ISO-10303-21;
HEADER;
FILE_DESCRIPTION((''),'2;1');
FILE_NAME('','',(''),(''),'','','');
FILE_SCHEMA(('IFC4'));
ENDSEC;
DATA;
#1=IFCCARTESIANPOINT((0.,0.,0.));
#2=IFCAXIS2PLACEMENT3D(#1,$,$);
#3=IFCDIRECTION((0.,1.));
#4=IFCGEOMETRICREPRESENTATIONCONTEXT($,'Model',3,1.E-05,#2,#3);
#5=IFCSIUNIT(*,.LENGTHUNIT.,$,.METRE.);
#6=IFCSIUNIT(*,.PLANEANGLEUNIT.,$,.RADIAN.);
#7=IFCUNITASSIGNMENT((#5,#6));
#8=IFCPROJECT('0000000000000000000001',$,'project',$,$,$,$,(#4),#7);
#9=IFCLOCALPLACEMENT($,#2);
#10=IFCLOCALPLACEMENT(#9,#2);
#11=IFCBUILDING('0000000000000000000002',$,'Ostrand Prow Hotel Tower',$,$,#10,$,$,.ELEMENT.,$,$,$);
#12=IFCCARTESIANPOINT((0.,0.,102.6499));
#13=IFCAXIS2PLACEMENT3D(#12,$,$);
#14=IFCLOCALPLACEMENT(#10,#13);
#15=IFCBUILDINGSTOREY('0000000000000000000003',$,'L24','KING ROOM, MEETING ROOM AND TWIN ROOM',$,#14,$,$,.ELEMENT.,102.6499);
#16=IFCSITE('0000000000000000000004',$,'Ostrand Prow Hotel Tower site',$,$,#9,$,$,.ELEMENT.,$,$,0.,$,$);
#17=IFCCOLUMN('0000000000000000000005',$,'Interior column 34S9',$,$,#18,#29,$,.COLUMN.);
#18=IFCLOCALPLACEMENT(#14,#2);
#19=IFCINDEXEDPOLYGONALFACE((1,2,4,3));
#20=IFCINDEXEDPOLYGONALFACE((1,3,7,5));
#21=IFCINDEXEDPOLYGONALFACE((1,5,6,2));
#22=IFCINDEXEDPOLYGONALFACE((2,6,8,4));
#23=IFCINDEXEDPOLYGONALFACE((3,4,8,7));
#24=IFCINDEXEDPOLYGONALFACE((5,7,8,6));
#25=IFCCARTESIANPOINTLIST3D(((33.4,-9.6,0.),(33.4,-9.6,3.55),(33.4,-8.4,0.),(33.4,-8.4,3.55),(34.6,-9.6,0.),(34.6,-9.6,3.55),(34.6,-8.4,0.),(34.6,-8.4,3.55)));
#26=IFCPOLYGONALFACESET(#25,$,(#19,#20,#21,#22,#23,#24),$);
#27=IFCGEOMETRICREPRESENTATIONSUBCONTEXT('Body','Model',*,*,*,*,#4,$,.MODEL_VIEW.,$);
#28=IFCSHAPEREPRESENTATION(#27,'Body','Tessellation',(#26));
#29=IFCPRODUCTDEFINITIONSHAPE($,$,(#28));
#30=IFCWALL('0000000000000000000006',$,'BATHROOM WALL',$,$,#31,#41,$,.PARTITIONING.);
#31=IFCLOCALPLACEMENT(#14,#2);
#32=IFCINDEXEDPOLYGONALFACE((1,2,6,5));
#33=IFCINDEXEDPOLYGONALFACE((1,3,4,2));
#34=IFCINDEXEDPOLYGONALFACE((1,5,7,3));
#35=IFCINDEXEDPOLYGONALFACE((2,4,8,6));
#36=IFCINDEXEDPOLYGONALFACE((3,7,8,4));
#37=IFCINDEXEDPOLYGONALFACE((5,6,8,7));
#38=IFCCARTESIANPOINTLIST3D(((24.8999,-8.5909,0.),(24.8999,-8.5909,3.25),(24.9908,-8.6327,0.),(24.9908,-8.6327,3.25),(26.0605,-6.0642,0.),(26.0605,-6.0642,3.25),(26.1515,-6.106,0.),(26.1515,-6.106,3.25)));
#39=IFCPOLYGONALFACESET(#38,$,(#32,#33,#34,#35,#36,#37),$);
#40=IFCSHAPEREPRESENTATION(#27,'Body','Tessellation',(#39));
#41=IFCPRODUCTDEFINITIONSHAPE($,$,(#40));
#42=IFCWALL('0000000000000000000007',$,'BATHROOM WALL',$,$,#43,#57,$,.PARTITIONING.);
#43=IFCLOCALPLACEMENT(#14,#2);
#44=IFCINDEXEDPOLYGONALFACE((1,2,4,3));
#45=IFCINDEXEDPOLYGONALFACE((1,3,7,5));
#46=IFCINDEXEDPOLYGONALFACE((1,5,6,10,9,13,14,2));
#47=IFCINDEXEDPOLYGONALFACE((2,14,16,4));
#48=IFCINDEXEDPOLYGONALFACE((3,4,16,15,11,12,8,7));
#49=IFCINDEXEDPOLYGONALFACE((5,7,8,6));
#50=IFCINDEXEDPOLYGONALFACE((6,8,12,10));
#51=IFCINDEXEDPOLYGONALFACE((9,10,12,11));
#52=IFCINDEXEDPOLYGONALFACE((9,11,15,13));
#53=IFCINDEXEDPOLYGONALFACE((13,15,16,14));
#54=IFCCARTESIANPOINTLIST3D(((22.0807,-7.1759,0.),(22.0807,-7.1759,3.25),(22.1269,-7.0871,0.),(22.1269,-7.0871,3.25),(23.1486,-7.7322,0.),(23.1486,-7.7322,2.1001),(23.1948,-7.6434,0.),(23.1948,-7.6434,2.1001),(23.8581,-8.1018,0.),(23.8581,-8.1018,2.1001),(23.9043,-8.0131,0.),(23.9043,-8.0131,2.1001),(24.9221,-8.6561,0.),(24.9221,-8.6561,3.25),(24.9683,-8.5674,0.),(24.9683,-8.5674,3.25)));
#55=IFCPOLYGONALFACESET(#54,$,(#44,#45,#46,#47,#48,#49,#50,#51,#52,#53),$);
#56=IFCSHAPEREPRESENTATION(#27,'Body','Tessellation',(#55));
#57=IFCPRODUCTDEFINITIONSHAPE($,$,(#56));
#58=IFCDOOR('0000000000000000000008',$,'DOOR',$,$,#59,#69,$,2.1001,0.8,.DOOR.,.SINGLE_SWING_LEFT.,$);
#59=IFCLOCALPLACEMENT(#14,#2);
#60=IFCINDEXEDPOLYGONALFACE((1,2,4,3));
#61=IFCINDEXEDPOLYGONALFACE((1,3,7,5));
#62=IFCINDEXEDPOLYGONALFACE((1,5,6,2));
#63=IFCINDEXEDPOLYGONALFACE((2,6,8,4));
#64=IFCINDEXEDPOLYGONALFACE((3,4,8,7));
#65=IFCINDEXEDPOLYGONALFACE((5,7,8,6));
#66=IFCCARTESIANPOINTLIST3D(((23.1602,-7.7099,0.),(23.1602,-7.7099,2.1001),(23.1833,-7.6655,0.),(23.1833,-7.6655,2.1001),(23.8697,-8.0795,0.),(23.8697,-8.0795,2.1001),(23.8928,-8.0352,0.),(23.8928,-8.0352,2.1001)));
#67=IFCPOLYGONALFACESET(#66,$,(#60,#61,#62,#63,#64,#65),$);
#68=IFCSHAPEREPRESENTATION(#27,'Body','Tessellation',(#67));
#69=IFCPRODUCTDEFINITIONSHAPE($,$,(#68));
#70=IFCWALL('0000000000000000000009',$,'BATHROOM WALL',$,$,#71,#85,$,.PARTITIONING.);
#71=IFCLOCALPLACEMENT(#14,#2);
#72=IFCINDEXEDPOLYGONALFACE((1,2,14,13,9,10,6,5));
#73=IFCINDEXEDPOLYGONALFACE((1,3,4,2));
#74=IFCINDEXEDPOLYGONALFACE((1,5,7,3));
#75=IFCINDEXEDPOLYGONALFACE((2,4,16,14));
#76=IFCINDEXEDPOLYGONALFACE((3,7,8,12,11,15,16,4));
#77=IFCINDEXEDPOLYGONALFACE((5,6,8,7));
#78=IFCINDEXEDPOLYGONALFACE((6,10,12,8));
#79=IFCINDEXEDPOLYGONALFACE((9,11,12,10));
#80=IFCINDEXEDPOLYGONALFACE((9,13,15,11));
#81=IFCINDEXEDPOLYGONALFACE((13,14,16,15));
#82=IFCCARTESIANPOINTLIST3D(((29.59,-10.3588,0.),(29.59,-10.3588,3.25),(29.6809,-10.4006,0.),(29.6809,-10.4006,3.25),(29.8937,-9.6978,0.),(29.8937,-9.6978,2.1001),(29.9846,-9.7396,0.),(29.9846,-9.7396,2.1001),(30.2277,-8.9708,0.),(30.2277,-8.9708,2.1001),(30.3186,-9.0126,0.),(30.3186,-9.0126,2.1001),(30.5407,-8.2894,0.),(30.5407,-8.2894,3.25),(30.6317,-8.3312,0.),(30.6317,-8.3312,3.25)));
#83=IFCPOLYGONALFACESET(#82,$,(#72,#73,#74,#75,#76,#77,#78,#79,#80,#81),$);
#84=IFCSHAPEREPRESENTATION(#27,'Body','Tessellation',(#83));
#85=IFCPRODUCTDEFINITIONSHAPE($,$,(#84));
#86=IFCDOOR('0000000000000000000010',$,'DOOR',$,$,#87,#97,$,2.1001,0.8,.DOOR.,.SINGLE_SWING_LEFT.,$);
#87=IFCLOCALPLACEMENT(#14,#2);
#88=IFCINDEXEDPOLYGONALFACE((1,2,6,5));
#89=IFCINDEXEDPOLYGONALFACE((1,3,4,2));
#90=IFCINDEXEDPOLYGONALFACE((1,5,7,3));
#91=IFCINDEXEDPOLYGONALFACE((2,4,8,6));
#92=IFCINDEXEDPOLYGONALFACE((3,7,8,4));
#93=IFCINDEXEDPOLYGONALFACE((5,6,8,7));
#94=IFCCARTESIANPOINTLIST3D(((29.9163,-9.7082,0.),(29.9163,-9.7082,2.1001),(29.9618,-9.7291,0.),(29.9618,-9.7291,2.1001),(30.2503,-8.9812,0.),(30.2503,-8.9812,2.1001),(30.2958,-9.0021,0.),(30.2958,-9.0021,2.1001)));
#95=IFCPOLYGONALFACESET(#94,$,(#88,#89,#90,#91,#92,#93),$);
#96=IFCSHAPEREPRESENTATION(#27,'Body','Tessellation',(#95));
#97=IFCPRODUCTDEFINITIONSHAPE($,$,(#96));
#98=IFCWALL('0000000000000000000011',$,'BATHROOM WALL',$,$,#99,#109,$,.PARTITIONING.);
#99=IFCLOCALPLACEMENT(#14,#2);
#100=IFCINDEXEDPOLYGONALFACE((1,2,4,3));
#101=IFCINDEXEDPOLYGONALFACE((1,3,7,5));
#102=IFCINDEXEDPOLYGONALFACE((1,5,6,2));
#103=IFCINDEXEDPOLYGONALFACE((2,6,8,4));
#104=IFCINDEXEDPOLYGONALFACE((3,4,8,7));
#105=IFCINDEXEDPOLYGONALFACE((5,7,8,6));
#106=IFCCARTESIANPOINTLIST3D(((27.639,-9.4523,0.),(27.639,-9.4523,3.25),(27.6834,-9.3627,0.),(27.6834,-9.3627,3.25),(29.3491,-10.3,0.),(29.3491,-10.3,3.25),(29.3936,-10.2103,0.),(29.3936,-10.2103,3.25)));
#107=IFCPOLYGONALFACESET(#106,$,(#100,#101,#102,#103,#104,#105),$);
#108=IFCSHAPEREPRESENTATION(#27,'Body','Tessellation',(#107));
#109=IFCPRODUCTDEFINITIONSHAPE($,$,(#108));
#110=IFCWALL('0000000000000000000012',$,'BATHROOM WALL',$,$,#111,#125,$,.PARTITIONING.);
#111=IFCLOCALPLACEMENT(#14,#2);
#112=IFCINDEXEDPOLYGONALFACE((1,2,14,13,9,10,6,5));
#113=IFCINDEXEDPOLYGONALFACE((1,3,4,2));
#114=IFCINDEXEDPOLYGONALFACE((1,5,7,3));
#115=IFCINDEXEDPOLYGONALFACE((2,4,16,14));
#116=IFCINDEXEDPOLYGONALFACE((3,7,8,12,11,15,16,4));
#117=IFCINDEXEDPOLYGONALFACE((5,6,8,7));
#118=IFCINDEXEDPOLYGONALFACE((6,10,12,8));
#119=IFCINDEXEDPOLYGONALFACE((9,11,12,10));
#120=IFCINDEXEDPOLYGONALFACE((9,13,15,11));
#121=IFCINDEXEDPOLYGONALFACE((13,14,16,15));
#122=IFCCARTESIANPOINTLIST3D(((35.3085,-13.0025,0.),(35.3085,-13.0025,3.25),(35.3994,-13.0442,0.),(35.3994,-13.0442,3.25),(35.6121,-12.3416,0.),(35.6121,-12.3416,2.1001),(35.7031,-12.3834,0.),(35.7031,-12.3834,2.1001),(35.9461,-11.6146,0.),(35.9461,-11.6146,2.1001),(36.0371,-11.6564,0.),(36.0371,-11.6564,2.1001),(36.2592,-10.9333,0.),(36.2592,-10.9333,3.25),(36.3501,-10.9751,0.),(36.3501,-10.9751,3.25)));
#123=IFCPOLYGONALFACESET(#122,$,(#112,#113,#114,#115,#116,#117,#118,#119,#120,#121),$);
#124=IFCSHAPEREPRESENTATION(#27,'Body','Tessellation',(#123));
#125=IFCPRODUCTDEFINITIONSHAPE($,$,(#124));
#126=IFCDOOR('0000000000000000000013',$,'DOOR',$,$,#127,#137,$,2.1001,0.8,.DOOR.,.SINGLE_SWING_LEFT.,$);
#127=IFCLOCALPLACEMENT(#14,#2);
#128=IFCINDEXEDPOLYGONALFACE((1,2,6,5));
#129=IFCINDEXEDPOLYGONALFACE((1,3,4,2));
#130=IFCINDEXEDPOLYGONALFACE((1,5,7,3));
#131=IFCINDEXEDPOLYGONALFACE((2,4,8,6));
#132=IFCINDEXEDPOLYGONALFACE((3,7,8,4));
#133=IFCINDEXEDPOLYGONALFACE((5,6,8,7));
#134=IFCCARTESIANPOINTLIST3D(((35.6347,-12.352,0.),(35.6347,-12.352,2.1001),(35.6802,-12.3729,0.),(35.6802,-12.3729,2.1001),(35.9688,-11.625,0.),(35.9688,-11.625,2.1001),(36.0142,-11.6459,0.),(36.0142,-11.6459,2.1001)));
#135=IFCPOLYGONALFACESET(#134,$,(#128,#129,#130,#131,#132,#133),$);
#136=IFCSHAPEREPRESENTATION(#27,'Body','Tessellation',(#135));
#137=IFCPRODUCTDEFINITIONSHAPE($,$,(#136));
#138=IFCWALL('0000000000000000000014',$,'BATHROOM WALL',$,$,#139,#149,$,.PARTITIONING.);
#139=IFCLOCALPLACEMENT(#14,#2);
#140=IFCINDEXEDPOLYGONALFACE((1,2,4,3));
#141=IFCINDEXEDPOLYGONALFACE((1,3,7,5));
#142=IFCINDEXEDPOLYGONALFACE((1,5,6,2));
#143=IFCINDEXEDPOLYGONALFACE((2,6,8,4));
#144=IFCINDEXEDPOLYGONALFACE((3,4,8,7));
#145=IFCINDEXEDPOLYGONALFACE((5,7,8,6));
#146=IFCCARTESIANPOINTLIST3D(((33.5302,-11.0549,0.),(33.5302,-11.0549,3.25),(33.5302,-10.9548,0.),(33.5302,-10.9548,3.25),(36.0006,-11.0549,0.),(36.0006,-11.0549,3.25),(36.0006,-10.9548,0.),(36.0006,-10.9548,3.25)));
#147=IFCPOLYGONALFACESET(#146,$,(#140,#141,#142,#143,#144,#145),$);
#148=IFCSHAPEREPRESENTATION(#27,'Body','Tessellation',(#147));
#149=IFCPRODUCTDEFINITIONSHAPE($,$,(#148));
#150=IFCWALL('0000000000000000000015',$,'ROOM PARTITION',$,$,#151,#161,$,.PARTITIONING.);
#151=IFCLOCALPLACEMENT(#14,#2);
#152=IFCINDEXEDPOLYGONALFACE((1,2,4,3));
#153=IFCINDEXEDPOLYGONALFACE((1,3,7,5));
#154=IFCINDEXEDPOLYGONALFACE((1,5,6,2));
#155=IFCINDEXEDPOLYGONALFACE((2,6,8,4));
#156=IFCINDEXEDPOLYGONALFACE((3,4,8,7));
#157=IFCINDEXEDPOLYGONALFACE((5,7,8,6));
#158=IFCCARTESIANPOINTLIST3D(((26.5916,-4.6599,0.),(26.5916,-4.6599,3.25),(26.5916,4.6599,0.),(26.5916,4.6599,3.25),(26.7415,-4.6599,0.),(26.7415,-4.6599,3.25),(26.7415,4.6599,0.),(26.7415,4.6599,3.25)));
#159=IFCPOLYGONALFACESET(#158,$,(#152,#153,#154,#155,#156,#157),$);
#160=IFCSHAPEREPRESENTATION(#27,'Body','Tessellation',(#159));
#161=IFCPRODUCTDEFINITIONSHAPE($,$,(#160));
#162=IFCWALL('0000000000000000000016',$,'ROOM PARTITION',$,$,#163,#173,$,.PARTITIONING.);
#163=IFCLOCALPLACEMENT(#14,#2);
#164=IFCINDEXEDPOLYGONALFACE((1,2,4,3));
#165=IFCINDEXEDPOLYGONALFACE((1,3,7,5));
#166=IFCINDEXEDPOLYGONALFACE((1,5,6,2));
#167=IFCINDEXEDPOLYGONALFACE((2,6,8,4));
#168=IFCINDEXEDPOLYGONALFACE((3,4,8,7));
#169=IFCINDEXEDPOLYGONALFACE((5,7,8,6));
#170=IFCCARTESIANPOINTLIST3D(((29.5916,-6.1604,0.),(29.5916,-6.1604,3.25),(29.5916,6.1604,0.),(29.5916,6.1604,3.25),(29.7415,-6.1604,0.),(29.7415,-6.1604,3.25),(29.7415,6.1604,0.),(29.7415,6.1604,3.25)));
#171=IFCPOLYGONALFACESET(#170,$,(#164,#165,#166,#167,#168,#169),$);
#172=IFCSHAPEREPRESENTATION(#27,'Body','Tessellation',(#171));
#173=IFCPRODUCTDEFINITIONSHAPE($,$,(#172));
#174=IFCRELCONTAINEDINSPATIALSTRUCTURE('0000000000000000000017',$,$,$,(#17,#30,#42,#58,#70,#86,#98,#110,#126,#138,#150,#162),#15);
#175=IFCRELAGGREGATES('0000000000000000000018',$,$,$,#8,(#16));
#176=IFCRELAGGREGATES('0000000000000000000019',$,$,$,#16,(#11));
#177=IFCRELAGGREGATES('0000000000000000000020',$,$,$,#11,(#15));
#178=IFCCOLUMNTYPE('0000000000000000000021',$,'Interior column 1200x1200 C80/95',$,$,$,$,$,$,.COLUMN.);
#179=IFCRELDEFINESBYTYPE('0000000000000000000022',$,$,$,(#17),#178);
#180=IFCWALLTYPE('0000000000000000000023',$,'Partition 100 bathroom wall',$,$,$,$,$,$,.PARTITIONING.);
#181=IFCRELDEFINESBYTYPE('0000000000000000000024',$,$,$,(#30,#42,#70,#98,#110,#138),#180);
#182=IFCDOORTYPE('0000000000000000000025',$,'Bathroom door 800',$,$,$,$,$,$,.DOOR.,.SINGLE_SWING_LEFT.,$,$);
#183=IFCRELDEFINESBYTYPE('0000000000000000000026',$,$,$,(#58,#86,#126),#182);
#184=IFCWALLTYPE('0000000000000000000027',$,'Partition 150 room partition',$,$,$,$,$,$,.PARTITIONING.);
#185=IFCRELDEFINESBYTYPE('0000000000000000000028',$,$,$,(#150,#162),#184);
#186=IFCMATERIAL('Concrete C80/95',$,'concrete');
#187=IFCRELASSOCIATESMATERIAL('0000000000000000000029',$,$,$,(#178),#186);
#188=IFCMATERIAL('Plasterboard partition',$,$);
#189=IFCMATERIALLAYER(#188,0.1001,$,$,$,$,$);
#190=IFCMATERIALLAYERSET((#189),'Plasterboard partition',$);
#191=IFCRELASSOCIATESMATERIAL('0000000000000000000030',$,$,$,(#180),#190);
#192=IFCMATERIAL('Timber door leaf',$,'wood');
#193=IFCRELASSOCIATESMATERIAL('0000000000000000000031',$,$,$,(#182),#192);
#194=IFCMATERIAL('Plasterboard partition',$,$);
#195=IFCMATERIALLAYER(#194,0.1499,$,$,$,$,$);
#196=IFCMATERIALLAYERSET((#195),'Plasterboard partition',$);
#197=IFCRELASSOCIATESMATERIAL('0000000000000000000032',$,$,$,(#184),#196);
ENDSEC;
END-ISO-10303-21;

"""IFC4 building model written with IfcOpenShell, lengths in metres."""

from ifc_helpers import new_model, si_unit, direction, frame, frame_2d, origin, origin_2d, place, context, subcontext, project, spatial, rectangle, extrude, material, layer, layer_set, material_profile, profile_set, type_object, element, fill, save


model = new_model("IFC4")

# Units and contexts
model_context = context("Model", 3, precision=1e-05, world=origin(), true_north=direction((0.0, 1.0)))
body_context = subcontext(model_context, "Body", "Model", "MODEL_VIEW")
ifc_project = project(units=[si_unit("LENGTHUNIT", "METRE"), si_unit("PLANEANGLEUNIT", "RADIAN")], contexts=[model_context])

# Site, building, storey
site_placement = place(None, origin())
site = spatial("IfcSite", under=ifc_project, at=site_placement, Name="Ostrand Prow Hotel Tower site", CompositionType="ELEMENT", RefElevation=0.0)
building_placement = place(site_placement, origin())
building = spatial("IfcBuilding", under=site, at=building_placement, Name="Ostrand Prow Hotel Tower", CompositionType="ELEMENT")
storey_placement = place(building_placement, frame((0.0, 0.0, 102.6499)))
storey = spatial("IfcBuildingStorey", under=building, at=storey_placement, Name="L24", Description="KING ROOM, MEETING ROOM AND TWIN ROOM", CompositionType="ELEMENT", Elevation=102.6499)

# Column
ifc_material_1 = material(Name="Concrete C80/95", Category="concrete")
ifc_material_profile = material_profile(ifc_material_1, rectangle(XDim=1.2, YDim=1.2, at=origin_2d()), Name="RC 1200x1200")
ifc_profile_set = profile_set([ifc_material_profile], Name="Concrete C80/95")
column_type = type_object("IfcColumnType", Name="Interior column 1200x1200 C80/95", PredefinedType="COLUMN", material=ifc_profile_set)
column_placement = place(storey_placement, frame((34.0, -9.0, 0.0), z_axis=(0.0, 0.0, 1.0), x_axis=(1.0, 0.0, 0.0)))
element("IfcColumn", 1, at=column_placement, inside=storey, type_object=column_type, Name="Interior column 34S9", PredefinedType="COLUMN", context=body_context, shape_type="SweptSolid", body=[
    extrude(rectangle(XDim=1.2, YDim=1.2, at=origin_2d()), origin(), (0.0, 0.0, 1.0), 3.55),
])

# Wall
ifc_material_2 = material(Name="Plasterboard partition")
ifc_layer_1 = layer(ifc_material_2, 0.1001)
ifc_layer_set_1 = layer_set([ifc_layer_1], Name="Plasterboard partition")
wall_type_1 = type_object("IfcWallType", Name="Partition 100 bathroom wall", PredefinedType="PARTITIONING", material=ifc_layer_set_1)
wall_1_placement = place(storey_placement, frame((26.106, -6.0852, 0.0), z_axis=(0.0, 0.0, 1.0), x_axis=(-0.417432, -0.908708, 0.0)))
element("IfcWall", 2, at=wall_1_placement, inside=storey, type_object=wall_type_1, Name="BATHROOM WALL", PredefinedType="PARTITIONING", context=body_context, shape_type="SweptSolid", body=[
    extrude(rectangle(XDim=2.7805, YDim=0.1001, at=frame_2d((1.3901, 0.0))), origin(), (0.0, 0.0, 1.0), 3.25),
])

# Walls, openings, doors
wall_2_placement = place(storey_placement, frame((24.9453, -8.6118, 0.0), z_axis=(0.0, 0.0, 1.0), x_axis=(-0.886866, 0.462027, 0.0)))
wall_2 = element("IfcWall", 3, at=wall_2_placement, inside=storey, type_object=wall_type_1, Name="BATHROOM WALL", PredefinedType="PARTITIONING", context=body_context, shape_type="SweptSolid", body=[
    extrude(rectangle(XDim=3.2039, YDim=0.1001, at=frame_2d((1.6021, 0.0))), origin(), (0.0, 0.0, 1.0), 3.25),
])
opening_1_placement = place(wall_2_placement, frame((1.2, 0.0, 0.0)))
opening_1 = element("IfcOpeningElement", 4, at=opening_1_placement, cuts=wall_2, PredefinedType="OPENING", context=body_context, shape_type="SweptSolid", body=[
    extrude(rectangle(XDim=0.8, YDim=2.1001, at=frame_2d((0.3999, 1.05))), frame((0.0, 0.0601, 0.0), z_axis=(0.0, -1.0, 0.0), x_axis=(1.0, 0.0, 0.0)), (0.0, 0.0, 1.0), 0.1201),
])
ifc_material_3 = material(Name="Timber door leaf", Category="wood")
door_type_1 = type_object("IfcDoorType", Name="Bathroom door 800", OperationType="SINGLE_SWING_LEFT", PredefinedType="DOOR", material=ifc_material_3)
door_1_placement = place(opening_1_placement, origin())
door_1 = element("IfcDoor", 5, at=door_1_placement, inside=storey, type_object=door_type_1, Name="DOOR", OperationType="SINGLE_SWING_LEFT", OverallHeight=2.1001, OverallWidth=0.8, PredefinedType="DOOR", context=body_context, shape_type="SweptSolid", body=[
    extrude(rectangle(XDim=0.8, YDim=2.1001, at=frame_2d((0.3999, 1.05))), frame((0.0, 0.0249, 0.0), z_axis=(0.0, -1.0, 0.0), x_axis=(1.0, 0.0, 0.0)), (0.0, 0.0, 1.0), 0.05),
])
fill(opening_1, door_1)
wall_3_placement = place(storey_placement, frame((30.5862, -8.3103, 0.0), z_axis=(0.0, 0.0, 1.0), x_axis=(-0.417467, -0.908692, 0.0)))
wall_3 = element("IfcWall", 6, at=wall_3_placement, inside=storey, type_object=wall_type_1, Name="BATHROOM WALL", PredefinedType="PARTITIONING", context=body_context, shape_type="SweptSolid", body=[
    extrude(rectangle(XDim=2.2773, YDim=0.1001, at=frame_2d((1.1387, 0.0))), origin(), (0.0, 0.0, 1.0), 3.25),
])
opening_2_placement = place(wall_3_placement, frame((0.75, 0.0, 0.0)))
opening_2 = element("IfcOpeningElement", 7, at=opening_2_placement, cuts=wall_3, PredefinedType="OPENING", context=body_context, shape_type="SweptSolid", body=[
    extrude(rectangle(XDim=0.8, YDim=2.1001, at=frame_2d((0.3999, 1.05))), frame((0.0, 0.0601, 0.0), z_axis=(0.0, -1.0, 0.0), x_axis=(1.0, 0.0, 0.0)), (0.0, 0.0, 1.0), 0.1201),
])
door_2_placement = place(opening_2_placement, origin())
door_2 = element("IfcDoor", 8, at=door_2_placement, inside=storey, type_object=door_type_1, Name="DOOR", OperationType="SINGLE_SWING_LEFT", OverallHeight=2.1001, OverallWidth=0.8, PredefinedType="DOOR", context=body_context, shape_type="SweptSolid", body=[
    extrude(rectangle(XDim=0.8, YDim=2.1001, at=frame_2d((0.3999, 1.05))), frame((0.0, 0.0249, 0.0), z_axis=(0.0, -1.0, 0.0), x_axis=(1.0, 0.0, 0.0)), (0.0, 0.0, 1.0), 0.05),
])
fill(opening_2, door_2)

# Wall
wall_4_placement = place(storey_placement, frame((29.3713, -10.2551, 0.0), z_axis=(0.0, 0.0, 1.0), x_axis=(-0.895982, 0.44409, 0.0)))
element("IfcWall", 9, at=wall_4_placement, inside=storey, type_object=wall_type_1, Name="BATHROOM WALL", PredefinedType="PARTITIONING", context=body_context, shape_type="SweptSolid", body=[
    extrude(rectangle(XDim=1.9087, YDim=0.1001, at=frame_2d((0.9543, 0.0))), origin(), (0.0, 0.0, 1.0), 3.25),
])

# Wall, opening, door
wall_5_placement = place(storey_placement, frame((36.3047, -10.9541, 0.0), z_axis=(0.0, 0.0, 1.0), x_axis=(-0.417507, -0.908674, 0.0)))
wall_5 = element("IfcWall", 10, at=wall_5_placement, inside=storey, type_object=wall_type_1, Name="BATHROOM WALL", PredefinedType="PARTITIONING", context=body_context, shape_type="SweptSolid", body=[
    extrude(rectangle(XDim=2.2771, YDim=0.1001, at=frame_2d((1.1387, 0.0))), origin(), (0.0, 0.0, 1.0), 3.25),
])
opening_3_placement = place(wall_5_placement, frame((0.75, 0.0, 0.0)))
opening_3 = element("IfcOpeningElement", 11, at=opening_3_placement, cuts=wall_5, PredefinedType="OPENING", context=body_context, shape_type="SweptSolid", body=[
    extrude(rectangle(XDim=0.8, YDim=2.1001, at=frame_2d((0.3999, 1.05))), frame((0.0, 0.0601, 0.0), z_axis=(0.0, -1.0, 0.0), x_axis=(1.0, 0.0, 0.0)), (0.0, 0.0, 1.0), 0.1201),
])
door_3_placement = place(opening_3_placement, origin())
door_3 = element("IfcDoor", 12, at=door_3_placement, inside=storey, type_object=door_type_1, Name="DOOR", OperationType="SINGLE_SWING_LEFT", OverallHeight=2.1001, OverallWidth=0.8, PredefinedType="DOOR", context=body_context, shape_type="SweptSolid", body=[
    extrude(rectangle(XDim=0.8, YDim=2.1001, at=frame_2d((0.3999, 1.05))), frame((0.0, 0.0249, 0.0), z_axis=(0.0, -1.0, 0.0), x_axis=(1.0, 0.0, 0.0)), (0.0, 0.0, 1.0), 0.05),
])
fill(opening_3, door_3)

# Walls
wall_6_placement = place(storey_placement, frame((33.53, -11.0049, 0.0), z_axis=(0.0, 0.0, 1.0), x_axis=(1.0, 0.0, 0.0)))
element("IfcWall", 13, at=wall_6_placement, inside=storey, type_object=wall_type_1, Name="BATHROOM WALL", PredefinedType="PARTITIONING", context=body_context, shape_type="SweptSolid", body=[
    extrude(rectangle(XDim=2.4705, YDim=0.1001, at=frame_2d((1.2354, 0.0))), origin(), (0.0, 0.0, 1.0), 3.25),
])
ifc_material_4 = material(Name="Plasterboard partition")
ifc_layer_2 = layer(ifc_material_4, 0.1499)
ifc_layer_set_2 = layer_set([ifc_layer_2], Name="Plasterboard partition")
wall_type_2 = type_object("IfcWallType", Name="Partition 150 room partition", PredefinedType="PARTITIONING", material=ifc_layer_set_2)
wall_7_placement = place(storey_placement, frame((26.6665, -4.6599, 0.0), z_axis=(0.0, 0.0, 1.0), x_axis=(0.0, 1.0, 0.0)))
element("IfcWall", 14, at=wall_7_placement, inside=storey, type_object=wall_type_2, Name="ROOM PARTITION", PredefinedType="PARTITIONING", context=body_context, shape_type="SweptSolid", body=[
    extrude(rectangle(XDim=9.3198, YDim=0.1499, at=frame_2d((4.6599, 0.0))), origin(), (0.0, 0.0, 1.0), 3.25),
])
wall_8_placement = place(storey_placement, frame((29.6665, -6.1604, 0.0), z_axis=(0.0, 0.0, 1.0), x_axis=(0.0, 1.0, 0.0)))
element("IfcWall", 15, at=wall_8_placement, inside=storey, type_object=wall_type_2, Name="ROOM PARTITION", PredefinedType="PARTITIONING", context=body_context, shape_type="SweptSolid", body=[
    extrude(rectangle(XDim=12.3208, YDim=0.1499, at=frame_2d((6.1604, 0.0))), origin(), (0.0, 0.0, 1.0), 3.25),
])

save(model, "model.ifc")
